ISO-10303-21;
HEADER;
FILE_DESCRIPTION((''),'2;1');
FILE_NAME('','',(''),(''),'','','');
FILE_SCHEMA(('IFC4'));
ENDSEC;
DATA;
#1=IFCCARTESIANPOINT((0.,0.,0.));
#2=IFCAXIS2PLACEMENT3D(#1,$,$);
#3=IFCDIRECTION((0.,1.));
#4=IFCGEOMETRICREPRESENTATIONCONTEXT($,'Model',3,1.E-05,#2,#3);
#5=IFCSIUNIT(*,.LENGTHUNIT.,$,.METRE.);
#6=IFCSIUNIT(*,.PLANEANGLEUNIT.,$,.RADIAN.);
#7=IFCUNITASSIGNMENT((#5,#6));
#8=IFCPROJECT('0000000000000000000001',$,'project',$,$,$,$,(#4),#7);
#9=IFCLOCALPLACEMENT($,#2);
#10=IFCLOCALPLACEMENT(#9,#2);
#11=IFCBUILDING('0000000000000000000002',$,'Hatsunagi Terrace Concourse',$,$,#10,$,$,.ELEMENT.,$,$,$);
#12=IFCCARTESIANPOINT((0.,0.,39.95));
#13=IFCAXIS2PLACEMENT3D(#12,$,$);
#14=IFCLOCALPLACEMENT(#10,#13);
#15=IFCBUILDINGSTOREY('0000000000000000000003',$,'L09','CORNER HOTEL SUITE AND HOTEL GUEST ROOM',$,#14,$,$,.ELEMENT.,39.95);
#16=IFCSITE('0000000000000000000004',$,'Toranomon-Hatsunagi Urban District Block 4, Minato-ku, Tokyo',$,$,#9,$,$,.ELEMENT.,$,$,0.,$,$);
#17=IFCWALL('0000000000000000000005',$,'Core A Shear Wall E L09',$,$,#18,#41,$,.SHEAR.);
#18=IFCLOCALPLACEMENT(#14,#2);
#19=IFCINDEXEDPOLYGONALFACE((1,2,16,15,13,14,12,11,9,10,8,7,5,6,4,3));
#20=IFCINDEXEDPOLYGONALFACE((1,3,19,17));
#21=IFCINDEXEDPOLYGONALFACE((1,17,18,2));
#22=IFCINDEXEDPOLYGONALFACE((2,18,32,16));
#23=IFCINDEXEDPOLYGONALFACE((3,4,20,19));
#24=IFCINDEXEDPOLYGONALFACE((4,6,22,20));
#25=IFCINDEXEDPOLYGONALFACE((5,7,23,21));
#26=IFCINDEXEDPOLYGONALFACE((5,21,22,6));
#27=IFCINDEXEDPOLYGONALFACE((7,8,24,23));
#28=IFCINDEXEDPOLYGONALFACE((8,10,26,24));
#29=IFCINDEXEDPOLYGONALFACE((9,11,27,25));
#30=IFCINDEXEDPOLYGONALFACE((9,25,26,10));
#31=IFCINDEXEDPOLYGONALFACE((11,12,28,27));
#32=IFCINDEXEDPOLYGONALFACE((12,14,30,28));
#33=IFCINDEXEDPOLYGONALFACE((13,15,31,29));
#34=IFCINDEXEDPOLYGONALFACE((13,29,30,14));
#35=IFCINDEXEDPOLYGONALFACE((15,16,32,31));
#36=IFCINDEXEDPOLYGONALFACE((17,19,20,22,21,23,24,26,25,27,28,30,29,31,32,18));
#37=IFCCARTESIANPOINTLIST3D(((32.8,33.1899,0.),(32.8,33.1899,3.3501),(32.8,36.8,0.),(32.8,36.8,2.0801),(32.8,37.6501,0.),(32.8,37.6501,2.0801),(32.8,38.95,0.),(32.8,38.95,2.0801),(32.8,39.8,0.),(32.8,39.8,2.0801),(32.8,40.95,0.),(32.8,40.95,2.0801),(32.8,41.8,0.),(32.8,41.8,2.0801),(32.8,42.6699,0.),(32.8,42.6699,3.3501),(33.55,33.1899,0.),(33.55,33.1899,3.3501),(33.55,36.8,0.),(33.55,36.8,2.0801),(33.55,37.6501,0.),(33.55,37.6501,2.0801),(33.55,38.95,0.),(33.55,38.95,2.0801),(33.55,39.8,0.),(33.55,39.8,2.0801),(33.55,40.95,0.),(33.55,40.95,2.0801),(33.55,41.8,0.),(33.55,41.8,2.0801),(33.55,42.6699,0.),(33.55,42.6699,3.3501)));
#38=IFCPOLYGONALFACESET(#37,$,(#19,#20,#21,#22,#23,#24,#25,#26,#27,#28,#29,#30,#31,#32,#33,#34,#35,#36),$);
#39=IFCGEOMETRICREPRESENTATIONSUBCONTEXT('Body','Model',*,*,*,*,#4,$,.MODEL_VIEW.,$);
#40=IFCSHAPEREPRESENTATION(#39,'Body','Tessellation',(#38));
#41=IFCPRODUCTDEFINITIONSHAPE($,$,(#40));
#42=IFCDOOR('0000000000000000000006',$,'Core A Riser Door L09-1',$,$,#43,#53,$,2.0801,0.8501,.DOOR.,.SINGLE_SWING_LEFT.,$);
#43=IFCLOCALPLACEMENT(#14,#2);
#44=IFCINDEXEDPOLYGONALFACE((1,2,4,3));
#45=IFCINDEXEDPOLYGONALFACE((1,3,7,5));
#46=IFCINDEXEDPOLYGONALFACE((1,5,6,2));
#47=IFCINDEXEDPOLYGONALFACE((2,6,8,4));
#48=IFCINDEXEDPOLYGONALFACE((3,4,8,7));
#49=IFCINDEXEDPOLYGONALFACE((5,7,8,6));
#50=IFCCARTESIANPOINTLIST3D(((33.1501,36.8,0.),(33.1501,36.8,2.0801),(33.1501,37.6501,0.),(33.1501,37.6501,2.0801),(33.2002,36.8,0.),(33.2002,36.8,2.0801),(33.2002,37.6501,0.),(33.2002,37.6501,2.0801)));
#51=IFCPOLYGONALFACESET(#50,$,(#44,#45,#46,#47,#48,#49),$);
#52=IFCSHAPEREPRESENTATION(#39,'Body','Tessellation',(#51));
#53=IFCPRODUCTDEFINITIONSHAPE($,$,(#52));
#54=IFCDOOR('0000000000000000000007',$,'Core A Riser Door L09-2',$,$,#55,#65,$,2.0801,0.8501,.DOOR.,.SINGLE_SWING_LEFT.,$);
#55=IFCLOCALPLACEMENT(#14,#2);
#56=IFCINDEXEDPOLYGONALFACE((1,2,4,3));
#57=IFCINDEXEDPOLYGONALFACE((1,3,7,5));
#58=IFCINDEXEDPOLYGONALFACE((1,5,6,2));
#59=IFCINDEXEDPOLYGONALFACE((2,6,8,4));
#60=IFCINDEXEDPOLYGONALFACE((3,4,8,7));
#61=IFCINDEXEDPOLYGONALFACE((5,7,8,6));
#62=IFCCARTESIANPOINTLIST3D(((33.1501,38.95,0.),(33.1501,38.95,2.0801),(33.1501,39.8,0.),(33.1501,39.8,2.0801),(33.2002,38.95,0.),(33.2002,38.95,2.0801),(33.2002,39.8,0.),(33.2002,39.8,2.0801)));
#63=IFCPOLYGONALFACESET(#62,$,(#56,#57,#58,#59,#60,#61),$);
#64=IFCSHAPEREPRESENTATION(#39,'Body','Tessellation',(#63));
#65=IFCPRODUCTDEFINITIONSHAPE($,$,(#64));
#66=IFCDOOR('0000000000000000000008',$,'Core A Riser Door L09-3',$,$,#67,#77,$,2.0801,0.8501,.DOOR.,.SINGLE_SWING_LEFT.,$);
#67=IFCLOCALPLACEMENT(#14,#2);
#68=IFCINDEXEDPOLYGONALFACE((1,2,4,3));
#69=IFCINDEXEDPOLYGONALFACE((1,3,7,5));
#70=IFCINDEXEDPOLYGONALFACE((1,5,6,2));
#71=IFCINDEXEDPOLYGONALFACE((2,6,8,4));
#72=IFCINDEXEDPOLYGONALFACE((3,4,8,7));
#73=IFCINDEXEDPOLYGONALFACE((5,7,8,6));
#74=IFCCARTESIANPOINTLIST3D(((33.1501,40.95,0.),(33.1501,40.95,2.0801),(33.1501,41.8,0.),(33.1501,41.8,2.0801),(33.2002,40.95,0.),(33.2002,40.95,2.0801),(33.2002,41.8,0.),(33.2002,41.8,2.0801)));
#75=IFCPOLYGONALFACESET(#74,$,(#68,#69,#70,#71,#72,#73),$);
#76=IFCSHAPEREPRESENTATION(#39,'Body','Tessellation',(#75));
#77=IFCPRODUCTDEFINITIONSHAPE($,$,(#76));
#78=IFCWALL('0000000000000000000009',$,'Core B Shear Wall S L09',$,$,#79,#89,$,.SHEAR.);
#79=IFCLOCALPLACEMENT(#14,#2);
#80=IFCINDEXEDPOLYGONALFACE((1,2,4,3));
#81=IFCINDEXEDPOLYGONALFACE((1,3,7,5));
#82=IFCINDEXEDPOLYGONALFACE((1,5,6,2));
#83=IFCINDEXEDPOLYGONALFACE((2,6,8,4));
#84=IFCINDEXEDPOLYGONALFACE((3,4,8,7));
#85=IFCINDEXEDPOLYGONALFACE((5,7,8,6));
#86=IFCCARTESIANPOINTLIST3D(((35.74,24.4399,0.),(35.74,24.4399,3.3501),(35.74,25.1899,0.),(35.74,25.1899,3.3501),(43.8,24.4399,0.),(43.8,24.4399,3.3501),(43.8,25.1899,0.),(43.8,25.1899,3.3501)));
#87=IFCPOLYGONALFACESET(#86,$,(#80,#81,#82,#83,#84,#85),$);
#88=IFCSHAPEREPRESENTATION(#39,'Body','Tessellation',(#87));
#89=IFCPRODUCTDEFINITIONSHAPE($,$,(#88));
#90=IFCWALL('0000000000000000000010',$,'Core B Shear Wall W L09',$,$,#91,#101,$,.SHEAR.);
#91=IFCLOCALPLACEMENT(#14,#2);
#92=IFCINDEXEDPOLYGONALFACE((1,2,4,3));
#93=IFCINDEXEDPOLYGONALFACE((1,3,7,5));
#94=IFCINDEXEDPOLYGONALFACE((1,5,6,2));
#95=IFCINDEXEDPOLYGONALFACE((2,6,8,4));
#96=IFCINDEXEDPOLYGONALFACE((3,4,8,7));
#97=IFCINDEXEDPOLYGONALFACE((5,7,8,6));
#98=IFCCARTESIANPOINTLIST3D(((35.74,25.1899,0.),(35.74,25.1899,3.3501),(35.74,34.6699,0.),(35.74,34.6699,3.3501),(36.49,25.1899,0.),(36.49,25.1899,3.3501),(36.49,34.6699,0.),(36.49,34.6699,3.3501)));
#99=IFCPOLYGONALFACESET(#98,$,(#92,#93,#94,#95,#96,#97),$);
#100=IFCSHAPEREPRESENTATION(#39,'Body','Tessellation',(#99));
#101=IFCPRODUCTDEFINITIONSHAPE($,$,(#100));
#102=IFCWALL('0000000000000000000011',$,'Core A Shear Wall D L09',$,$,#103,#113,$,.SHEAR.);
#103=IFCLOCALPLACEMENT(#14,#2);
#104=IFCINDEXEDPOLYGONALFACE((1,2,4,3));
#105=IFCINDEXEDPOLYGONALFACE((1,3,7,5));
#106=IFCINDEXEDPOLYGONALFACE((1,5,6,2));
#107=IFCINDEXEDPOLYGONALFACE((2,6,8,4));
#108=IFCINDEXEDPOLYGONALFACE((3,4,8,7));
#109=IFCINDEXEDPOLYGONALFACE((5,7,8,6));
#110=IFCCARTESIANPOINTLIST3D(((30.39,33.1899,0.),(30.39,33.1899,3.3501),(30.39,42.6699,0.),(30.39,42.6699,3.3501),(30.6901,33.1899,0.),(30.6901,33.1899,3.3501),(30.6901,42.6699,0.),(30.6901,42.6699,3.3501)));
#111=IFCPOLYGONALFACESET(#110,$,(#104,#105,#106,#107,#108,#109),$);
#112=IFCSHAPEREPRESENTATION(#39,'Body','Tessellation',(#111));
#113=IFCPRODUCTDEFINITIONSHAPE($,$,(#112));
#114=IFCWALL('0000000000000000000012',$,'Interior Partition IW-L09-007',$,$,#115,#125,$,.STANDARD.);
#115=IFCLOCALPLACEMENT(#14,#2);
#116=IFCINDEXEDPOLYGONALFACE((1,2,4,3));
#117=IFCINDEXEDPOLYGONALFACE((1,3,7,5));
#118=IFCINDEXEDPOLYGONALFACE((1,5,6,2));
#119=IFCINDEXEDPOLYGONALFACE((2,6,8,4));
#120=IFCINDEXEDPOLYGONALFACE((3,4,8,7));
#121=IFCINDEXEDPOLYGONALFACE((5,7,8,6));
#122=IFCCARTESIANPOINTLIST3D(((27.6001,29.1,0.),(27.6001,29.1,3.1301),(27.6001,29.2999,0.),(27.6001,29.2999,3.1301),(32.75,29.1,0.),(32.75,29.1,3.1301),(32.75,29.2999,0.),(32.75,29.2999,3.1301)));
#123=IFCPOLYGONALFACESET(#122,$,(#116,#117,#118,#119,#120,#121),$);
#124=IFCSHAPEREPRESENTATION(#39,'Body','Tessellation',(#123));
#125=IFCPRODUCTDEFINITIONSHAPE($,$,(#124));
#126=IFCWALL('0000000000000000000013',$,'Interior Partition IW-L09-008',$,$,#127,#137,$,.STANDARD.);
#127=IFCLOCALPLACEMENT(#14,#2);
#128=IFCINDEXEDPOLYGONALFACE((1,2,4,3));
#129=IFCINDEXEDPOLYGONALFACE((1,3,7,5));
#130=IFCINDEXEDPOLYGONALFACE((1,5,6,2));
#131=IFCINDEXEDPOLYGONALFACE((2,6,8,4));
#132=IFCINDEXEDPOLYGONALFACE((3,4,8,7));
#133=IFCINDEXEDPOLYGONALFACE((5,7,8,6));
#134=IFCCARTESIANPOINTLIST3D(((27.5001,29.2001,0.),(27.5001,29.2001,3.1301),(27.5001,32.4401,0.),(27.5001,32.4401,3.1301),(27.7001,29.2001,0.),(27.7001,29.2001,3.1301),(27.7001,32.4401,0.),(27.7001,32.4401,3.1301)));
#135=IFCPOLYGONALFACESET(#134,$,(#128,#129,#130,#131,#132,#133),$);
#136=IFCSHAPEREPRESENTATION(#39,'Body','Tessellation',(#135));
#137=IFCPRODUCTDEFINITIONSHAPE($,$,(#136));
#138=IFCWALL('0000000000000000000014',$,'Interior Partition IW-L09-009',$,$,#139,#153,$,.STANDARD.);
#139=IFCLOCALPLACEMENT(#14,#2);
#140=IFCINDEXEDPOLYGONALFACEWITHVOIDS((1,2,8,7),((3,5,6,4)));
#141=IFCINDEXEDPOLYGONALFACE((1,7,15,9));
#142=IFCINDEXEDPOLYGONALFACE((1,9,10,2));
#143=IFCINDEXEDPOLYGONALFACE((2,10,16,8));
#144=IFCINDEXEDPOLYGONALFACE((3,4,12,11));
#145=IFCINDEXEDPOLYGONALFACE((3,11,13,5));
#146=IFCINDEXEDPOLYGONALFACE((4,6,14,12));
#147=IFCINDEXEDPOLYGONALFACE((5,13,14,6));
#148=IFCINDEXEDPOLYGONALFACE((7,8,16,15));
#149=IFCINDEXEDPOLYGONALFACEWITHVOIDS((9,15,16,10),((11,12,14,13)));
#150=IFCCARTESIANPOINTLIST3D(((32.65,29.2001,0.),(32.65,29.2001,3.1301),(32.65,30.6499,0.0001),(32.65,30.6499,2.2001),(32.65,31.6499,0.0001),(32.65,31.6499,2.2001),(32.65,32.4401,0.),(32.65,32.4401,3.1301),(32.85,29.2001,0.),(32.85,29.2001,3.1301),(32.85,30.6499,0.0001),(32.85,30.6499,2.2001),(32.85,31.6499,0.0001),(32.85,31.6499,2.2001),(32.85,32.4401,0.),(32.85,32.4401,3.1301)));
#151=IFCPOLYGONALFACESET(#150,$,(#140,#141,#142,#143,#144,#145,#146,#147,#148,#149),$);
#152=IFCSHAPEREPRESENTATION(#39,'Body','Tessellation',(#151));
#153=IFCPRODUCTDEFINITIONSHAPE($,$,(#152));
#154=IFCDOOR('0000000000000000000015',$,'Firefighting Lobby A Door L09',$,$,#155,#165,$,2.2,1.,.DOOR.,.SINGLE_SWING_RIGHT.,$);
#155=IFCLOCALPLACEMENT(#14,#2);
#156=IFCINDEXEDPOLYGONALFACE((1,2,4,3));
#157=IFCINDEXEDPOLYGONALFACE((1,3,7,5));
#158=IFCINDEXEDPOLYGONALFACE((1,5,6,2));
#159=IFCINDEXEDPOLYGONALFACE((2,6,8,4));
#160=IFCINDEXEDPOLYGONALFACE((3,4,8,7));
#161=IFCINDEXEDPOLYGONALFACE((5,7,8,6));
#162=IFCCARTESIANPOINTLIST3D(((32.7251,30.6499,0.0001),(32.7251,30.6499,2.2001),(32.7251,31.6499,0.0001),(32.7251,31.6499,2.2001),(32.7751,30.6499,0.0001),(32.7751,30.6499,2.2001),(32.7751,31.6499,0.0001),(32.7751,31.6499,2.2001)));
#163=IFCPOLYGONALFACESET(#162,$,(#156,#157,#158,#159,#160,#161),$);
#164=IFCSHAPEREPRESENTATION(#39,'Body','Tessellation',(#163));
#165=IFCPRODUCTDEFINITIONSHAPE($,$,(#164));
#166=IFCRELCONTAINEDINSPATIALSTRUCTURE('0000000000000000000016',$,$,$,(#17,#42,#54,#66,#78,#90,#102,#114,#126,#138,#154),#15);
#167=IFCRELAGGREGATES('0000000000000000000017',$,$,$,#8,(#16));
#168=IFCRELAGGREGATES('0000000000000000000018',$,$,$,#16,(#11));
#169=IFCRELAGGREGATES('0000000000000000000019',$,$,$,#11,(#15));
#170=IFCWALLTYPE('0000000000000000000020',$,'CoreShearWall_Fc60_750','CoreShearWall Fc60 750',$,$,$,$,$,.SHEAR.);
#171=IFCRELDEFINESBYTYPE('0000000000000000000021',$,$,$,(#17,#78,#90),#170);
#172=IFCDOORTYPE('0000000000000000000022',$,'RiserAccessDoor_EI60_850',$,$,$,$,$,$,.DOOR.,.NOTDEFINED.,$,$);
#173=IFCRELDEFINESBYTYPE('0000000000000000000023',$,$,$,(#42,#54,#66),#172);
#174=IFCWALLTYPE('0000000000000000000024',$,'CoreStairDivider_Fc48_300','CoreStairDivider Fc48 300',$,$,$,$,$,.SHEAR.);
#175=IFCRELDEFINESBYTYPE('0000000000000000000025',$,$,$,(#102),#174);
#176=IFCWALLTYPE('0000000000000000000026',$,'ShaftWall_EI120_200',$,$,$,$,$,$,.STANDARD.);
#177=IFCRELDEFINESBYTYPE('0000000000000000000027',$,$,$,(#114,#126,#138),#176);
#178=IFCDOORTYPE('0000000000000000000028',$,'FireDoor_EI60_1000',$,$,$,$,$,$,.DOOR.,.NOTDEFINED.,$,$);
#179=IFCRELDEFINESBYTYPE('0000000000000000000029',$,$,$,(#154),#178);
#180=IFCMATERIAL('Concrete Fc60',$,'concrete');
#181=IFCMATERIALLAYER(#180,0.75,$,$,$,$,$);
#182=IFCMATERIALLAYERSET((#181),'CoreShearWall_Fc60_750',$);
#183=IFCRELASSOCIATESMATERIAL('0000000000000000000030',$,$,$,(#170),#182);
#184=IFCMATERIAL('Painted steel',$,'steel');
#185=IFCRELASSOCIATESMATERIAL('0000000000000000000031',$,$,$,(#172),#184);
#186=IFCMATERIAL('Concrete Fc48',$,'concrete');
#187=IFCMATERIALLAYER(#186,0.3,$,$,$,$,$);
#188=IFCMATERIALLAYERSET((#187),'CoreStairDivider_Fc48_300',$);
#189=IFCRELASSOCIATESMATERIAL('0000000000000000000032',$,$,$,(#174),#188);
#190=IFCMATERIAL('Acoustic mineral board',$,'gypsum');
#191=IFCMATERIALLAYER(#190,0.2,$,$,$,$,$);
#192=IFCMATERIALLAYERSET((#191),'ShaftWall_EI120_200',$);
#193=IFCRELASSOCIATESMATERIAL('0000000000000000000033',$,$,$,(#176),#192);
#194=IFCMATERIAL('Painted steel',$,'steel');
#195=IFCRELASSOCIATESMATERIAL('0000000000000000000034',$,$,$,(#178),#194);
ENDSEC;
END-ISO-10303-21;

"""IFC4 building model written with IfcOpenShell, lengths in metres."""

from ifc_helpers import new_model, si_unit, direction, frame, frame_2d, origin, place, context, subcontext, project, spatial, rectangle, extrude, material, layer, layer_set, type_object, element, fill, save


model = new_model("IFC4")

# Units and contexts
model_context = context("Model", 3, precision=1e-05, world=origin(), true_north=direction((0.0, 1.0)))
body_context = subcontext(model_context, "Body", "Model", "MODEL_VIEW")
ifc_project = project(units=[si_unit("LENGTHUNIT", "METRE"), si_unit("PLANEANGLEUNIT", "RADIAN")], contexts=[model_context])

# Site, building, storey
site_placement = place(None, origin())
site = spatial("IfcSite", under=ifc_project, at=site_placement, Name="Toranomon-Hatsunagi Urban District Block 4, Minato-ku, Tokyo", CompositionType="ELEMENT", RefElevation=0.0)
building_placement = place(site_placement, origin())
building = spatial("IfcBuilding", under=site, at=building_placement, Name="Hatsunagi Terrace Concourse", CompositionType="ELEMENT")
storey_placement = place(building_placement, frame((0.0, 0.0, 39.95)))
storey = spatial("IfcBuildingStorey", under=building, at=storey_placement, Name="L09", Description="CORNER HOTEL SUITE AND HOTEL GUEST ROOM", CompositionType="ELEMENT", Elevation=39.95)

# Wall, openings, doors
ifc_material_1 = material(Name="Concrete Fc60", Category="concrete")
ifc_layer_1 = layer(ifc_material_1, 0.75)
ifc_layer_set_1 = layer_set([ifc_layer_1], Name="CoreShearWall_Fc60_750")
wall_type_1 = type_object("IfcWallType", Name="CoreShearWall_Fc60_750", Description="CoreShearWall Fc60 750", PredefinedType="SHEAR", material=ifc_layer_set_1)
wall_1_placement = place(storey_placement, frame((33.175, 33.1899, 0.0), z_axis=(0.0, 0.0, 1.0), x_axis=(0.0, 1.0, 0.0)))
wall_1 = element("IfcWall", 1, at=wall_1_placement, inside=storey, type_object=wall_type_1, Name="Core A Shear Wall E L09", PredefinedType="SHEAR", context=body_context, shape_type="SweptSolid", body=[
    extrude(rectangle(XDim=9.48, YDim=0.75, at=frame_2d((4.74, 0.0))), origin(), (0.0, 0.0, 1.0), 3.3501),
])
opening_1_placement = place(wall_1_placement, frame((3.6101, 0.0, 0.0)))
opening_1 = element("IfcOpeningElement", 2, at=opening_1_placement, cuts=wall_1, PredefinedType="OPENING", context=body_context, shape_type="SweptSolid", body=[
    extrude(rectangle(XDim=0.8501, YDim=2.0801, at=frame_2d((0.425, 1.04))), frame((0.0, 0.385, 0.0), z_axis=(0.0, -1.0, 0.0), x_axis=(1.0, 0.0, 0.0)), (0.0, 0.0, 1.0), 0.77),
])
opening_2_placement = place(wall_1_placement, frame((5.76, 0.0, 0.0)))
opening_2 = element("IfcOpeningElement", 3, at=opening_2_placement, cuts=wall_1, PredefinedType="OPENING", context=body_context, shape_type="SweptSolid", body=[
    extrude(rectangle(XDim=0.8501, YDim=2.0801, at=frame_2d((0.425, 1.04))), frame((0.0, 0.385, 0.0), z_axis=(0.0, -1.0, 0.0), x_axis=(1.0, 0.0, 0.0)), (0.0, 0.0, 1.0), 0.77),
])
opening_3_placement = place(wall_1_placement, frame((7.76, 0.0, 0.0)))
opening_3 = element("IfcOpeningElement", 4, at=opening_3_placement, cuts=wall_1, PredefinedType="OPENING", context=body_context, shape_type="SweptSolid", body=[
    extrude(rectangle(XDim=0.8501, YDim=2.0801, at=frame_2d((0.425, 1.04))), frame((0.0, 0.385, 0.0), z_axis=(0.0, -1.0, 0.0), x_axis=(1.0, 0.0, 0.0)), (0.0, 0.0, 1.0), 0.77),
])
ifc_material_2 = material(Name="Painted steel", Category="steel")
door_type_1 = type_object("IfcDoorType", Name="RiserAccessDoor_EI60_850", OperationType="NOTDEFINED", PredefinedType="DOOR", material=ifc_material_2)
door_1_placement = place(opening_1_placement, origin())
door_1 = element("IfcDoor", 5, at=door_1_placement, inside=storey, type_object=door_type_1, Name="Core A Riser Door L09-1", OperationType="SINGLE_SWING_LEFT", OverallHeight=2.0801, OverallWidth=0.8501, PredefinedType="DOOR", context=body_context, shape_type="SweptSolid", body=[
    extrude(rectangle(XDim=0.8501, YDim=2.0801, at=frame_2d((0.425, 1.04))), frame((0.0, 0.0249, 0.0), z_axis=(0.0, -1.0, 0.0), x_axis=(1.0, 0.0, 0.0)), (0.0, 0.0, 1.0), 0.05),
])
fill(opening_1, door_1)
door_2_placement = place(opening_2_placement, origin())
door_2 = element("IfcDoor", 6, at=door_2_placement, inside=storey, type_object=door_type_1, Name="Core A Riser Door L09-2", OperationType="SINGLE_SWING_LEFT", OverallHeight=2.0801, OverallWidth=0.8501, PredefinedType="DOOR", context=body_context, shape_type="SweptSolid", body=[
    extrude(rectangle(XDim=0.8501, YDim=2.0801, at=frame_2d((0.425, 1.04))), frame((0.0, 0.0249, 0.0), z_axis=(0.0, -1.0, 0.0), x_axis=(1.0, 0.0, 0.0)), (0.0, 0.0, 1.0), 0.05),
])
fill(opening_2, door_2)
door_3_placement = place(opening_3_placement, origin())
door_3 = element("IfcDoor", 7, at=door_3_placement, inside=storey, type_object=door_type_1, Name="Core A Riser Door L09-3", OperationType="SINGLE_SWING_LEFT", OverallHeight=2.0801, OverallWidth=0.8501, PredefinedType="DOOR", context=body_context, shape_type="SweptSolid", body=[
    extrude(rectangle(XDim=0.8501, YDim=2.0801, at=frame_2d((0.425, 1.04))), frame((0.0, 0.0249, 0.0), z_axis=(0.0, -1.0, 0.0), x_axis=(1.0, 0.0, 0.0)), (0.0, 0.0, 1.0), 0.05),
])
fill(opening_3, door_3)

# Wall
wall_2_placement = place(storey_placement, frame((35.74, 24.8149, 0.0), z_axis=(0.0, 0.0, 1.0), x_axis=(1.0, 0.0, 0.0)))
element("IfcWall", 8, at=wall_2_placement, inside=storey, type_object=wall_type_1, Name="Core B Shear Wall S L09", PredefinedType="SHEAR", context=body_context, shape_type="SweptSolid", body=[
    extrude(rectangle(XDim=8.0601, YDim=0.75, at=frame_2d((4.03, 0.0))), origin(), (0.0, 0.0, 1.0), 3.3501),
])

# Walls
wall_3_placement = place(storey_placement, frame((36.115, 25.1899, 0.0), z_axis=(0.0, 0.0, 1.0), x_axis=(0.0, 1.0, 0.0)))
element("IfcWall", 9, at=wall_3_placement, inside=storey, type_object=wall_type_1, Name="Core B Shear Wall W L09", PredefinedType="SHEAR", context=body_context, shape_type="SweptSolid", body=[
    extrude(rectangle(XDim=9.48, YDim=0.75, at=frame_2d((4.74, 0.0))), origin(), (0.0, 0.0, 1.0), 3.3501),
])
ifc_material_3 = material(Name="Concrete Fc48", Category="concrete")
ifc_layer_2 = layer(ifc_material_3, 0.3)
ifc_layer_set_2 = layer_set([ifc_layer_2], Name="CoreStairDivider_Fc48_300")
wall_type_2 = type_object("IfcWallType", Name="CoreStairDivider_Fc48_300", Description="CoreStairDivider Fc48 300", PredefinedType="SHEAR", material=ifc_layer_set_2)
wall_4_placement = place(storey_placement, frame((30.54, 33.1899, 0.0), z_axis=(0.0, 0.0, 1.0), x_axis=(0.0, 1.0, 0.0)))
element("IfcWall", 10, at=wall_4_placement, inside=storey, type_object=wall_type_2, Name="Core A Shear Wall D L09", PredefinedType="SHEAR", context=body_context, shape_type="SweptSolid", body=[
    extrude(rectangle(XDim=9.48, YDim=0.3, at=frame_2d((4.74, 0.0))), origin(), (0.0, 0.0, 1.0), 3.3501),
])
ifc_material_4 = material(Name="Acoustic mineral board", Category="gypsum")
ifc_layer_3 = layer(ifc_material_4, 0.2)
ifc_layer_set_3 = layer_set([ifc_layer_3], Name="ShaftWall_EI120_200")
wall_type_3 = type_object("IfcWallType", Name="ShaftWall_EI120_200", PredefinedType="STANDARD", material=ifc_layer_set_3)
wall_5_placement = place(storey_placement, frame((27.6001, 29.2, 0.0), z_axis=(0.0, 0.0, 1.0), x_axis=(1.0, 0.0, 0.0)))
element("IfcWall", 11, at=wall_5_placement, inside=storey, type_object=wall_type_3, Name="Interior Partition IW-L09-007", PredefinedType="STANDARD", context=body_context, shape_type="SweptSolid", body=[
    extrude(rectangle(XDim=5.1499, YDim=0.2, at=frame_2d((2.575, 0.0))), origin(), (0.0, 0.0, 1.0), 3.1301),
])
wall_6_placement = place(storey_placement, frame((27.6001, 29.2, 0.0), z_axis=(0.0, 0.0, 1.0), x_axis=(0.0, 1.0, 0.0)))
element("IfcWall", 12, at=wall_6_placement, inside=storey, type_object=wall_type_3, Name="Interior Partition IW-L09-008", PredefinedType="STANDARD", context=body_context, shape_type="SweptSolid", body=[
    extrude(rectangle(XDim=3.24, YDim=0.2, at=frame_2d((1.6201, 0.0))), origin(), (0.0, 0.0, 1.0), 3.1301),
])

# Wall, opening, door
wall_7_placement = place(storey_placement, frame((32.75, 29.2, 0.0), z_axis=(0.0, 0.0, 1.0), x_axis=(0.0, 1.0, 0.0)))
wall_7 = element("IfcWall", 13, at=wall_7_placement, inside=storey, type_object=wall_type_3, Name="Interior Partition IW-L09-009", PredefinedType="STANDARD", context=body_context, shape_type="SweptSolid", body=[
    extrude(rectangle(XDim=3.24, YDim=0.2, at=frame_2d((1.6201, 0.0))), origin(), (0.0, 0.0, 1.0), 3.1301),
])
opening_4_placement = place(wall_7_placement, frame((1.45, 0.0, 0.0)))
opening_4 = element("IfcOpeningElement", 14, at=opening_4_placement, cuts=wall_7, PredefinedType="OPENING", context=body_context, shape_type="SweptSolid", body=[
    extrude(rectangle(XDim=1.0, YDim=2.2, at=frame_2d((0.5, 1.1001))), frame((0.0, 0.1099, 0.0), z_axis=(0.0, -1.0, 0.0), x_axis=(1.0, 0.0, 0.0)), (0.0, 0.0, 1.0), 0.22),
])
ifc_material_5 = material(Name="Painted steel", Category="steel")
door_type_2 = type_object("IfcDoorType", Name="FireDoor_EI60_1000", OperationType="NOTDEFINED", PredefinedType="DOOR", material=ifc_material_5)
door_4_placement = place(opening_4_placement, origin())
door_4 = element("IfcDoor", 15, at=door_4_placement, inside=storey, type_object=door_type_2, Name="Firefighting Lobby A Door L09", OperationType="SINGLE_SWING_RIGHT", OverallHeight=2.2, OverallWidth=1.0, PredefinedType="DOOR", context=body_context, shape_type="SweptSolid", body=[
    extrude(rectangle(XDim=1.0, YDim=2.2, at=frame_2d((0.5, 1.1001))), frame((0.0, 0.0249, 0.0), z_axis=(0.0, -1.0, 0.0), x_axis=(1.0, 0.0, 0.0)), (0.0, 0.0, 1.0), 0.05),
])
fill(opening_4, door_4)

save(model, "model.ifc")
